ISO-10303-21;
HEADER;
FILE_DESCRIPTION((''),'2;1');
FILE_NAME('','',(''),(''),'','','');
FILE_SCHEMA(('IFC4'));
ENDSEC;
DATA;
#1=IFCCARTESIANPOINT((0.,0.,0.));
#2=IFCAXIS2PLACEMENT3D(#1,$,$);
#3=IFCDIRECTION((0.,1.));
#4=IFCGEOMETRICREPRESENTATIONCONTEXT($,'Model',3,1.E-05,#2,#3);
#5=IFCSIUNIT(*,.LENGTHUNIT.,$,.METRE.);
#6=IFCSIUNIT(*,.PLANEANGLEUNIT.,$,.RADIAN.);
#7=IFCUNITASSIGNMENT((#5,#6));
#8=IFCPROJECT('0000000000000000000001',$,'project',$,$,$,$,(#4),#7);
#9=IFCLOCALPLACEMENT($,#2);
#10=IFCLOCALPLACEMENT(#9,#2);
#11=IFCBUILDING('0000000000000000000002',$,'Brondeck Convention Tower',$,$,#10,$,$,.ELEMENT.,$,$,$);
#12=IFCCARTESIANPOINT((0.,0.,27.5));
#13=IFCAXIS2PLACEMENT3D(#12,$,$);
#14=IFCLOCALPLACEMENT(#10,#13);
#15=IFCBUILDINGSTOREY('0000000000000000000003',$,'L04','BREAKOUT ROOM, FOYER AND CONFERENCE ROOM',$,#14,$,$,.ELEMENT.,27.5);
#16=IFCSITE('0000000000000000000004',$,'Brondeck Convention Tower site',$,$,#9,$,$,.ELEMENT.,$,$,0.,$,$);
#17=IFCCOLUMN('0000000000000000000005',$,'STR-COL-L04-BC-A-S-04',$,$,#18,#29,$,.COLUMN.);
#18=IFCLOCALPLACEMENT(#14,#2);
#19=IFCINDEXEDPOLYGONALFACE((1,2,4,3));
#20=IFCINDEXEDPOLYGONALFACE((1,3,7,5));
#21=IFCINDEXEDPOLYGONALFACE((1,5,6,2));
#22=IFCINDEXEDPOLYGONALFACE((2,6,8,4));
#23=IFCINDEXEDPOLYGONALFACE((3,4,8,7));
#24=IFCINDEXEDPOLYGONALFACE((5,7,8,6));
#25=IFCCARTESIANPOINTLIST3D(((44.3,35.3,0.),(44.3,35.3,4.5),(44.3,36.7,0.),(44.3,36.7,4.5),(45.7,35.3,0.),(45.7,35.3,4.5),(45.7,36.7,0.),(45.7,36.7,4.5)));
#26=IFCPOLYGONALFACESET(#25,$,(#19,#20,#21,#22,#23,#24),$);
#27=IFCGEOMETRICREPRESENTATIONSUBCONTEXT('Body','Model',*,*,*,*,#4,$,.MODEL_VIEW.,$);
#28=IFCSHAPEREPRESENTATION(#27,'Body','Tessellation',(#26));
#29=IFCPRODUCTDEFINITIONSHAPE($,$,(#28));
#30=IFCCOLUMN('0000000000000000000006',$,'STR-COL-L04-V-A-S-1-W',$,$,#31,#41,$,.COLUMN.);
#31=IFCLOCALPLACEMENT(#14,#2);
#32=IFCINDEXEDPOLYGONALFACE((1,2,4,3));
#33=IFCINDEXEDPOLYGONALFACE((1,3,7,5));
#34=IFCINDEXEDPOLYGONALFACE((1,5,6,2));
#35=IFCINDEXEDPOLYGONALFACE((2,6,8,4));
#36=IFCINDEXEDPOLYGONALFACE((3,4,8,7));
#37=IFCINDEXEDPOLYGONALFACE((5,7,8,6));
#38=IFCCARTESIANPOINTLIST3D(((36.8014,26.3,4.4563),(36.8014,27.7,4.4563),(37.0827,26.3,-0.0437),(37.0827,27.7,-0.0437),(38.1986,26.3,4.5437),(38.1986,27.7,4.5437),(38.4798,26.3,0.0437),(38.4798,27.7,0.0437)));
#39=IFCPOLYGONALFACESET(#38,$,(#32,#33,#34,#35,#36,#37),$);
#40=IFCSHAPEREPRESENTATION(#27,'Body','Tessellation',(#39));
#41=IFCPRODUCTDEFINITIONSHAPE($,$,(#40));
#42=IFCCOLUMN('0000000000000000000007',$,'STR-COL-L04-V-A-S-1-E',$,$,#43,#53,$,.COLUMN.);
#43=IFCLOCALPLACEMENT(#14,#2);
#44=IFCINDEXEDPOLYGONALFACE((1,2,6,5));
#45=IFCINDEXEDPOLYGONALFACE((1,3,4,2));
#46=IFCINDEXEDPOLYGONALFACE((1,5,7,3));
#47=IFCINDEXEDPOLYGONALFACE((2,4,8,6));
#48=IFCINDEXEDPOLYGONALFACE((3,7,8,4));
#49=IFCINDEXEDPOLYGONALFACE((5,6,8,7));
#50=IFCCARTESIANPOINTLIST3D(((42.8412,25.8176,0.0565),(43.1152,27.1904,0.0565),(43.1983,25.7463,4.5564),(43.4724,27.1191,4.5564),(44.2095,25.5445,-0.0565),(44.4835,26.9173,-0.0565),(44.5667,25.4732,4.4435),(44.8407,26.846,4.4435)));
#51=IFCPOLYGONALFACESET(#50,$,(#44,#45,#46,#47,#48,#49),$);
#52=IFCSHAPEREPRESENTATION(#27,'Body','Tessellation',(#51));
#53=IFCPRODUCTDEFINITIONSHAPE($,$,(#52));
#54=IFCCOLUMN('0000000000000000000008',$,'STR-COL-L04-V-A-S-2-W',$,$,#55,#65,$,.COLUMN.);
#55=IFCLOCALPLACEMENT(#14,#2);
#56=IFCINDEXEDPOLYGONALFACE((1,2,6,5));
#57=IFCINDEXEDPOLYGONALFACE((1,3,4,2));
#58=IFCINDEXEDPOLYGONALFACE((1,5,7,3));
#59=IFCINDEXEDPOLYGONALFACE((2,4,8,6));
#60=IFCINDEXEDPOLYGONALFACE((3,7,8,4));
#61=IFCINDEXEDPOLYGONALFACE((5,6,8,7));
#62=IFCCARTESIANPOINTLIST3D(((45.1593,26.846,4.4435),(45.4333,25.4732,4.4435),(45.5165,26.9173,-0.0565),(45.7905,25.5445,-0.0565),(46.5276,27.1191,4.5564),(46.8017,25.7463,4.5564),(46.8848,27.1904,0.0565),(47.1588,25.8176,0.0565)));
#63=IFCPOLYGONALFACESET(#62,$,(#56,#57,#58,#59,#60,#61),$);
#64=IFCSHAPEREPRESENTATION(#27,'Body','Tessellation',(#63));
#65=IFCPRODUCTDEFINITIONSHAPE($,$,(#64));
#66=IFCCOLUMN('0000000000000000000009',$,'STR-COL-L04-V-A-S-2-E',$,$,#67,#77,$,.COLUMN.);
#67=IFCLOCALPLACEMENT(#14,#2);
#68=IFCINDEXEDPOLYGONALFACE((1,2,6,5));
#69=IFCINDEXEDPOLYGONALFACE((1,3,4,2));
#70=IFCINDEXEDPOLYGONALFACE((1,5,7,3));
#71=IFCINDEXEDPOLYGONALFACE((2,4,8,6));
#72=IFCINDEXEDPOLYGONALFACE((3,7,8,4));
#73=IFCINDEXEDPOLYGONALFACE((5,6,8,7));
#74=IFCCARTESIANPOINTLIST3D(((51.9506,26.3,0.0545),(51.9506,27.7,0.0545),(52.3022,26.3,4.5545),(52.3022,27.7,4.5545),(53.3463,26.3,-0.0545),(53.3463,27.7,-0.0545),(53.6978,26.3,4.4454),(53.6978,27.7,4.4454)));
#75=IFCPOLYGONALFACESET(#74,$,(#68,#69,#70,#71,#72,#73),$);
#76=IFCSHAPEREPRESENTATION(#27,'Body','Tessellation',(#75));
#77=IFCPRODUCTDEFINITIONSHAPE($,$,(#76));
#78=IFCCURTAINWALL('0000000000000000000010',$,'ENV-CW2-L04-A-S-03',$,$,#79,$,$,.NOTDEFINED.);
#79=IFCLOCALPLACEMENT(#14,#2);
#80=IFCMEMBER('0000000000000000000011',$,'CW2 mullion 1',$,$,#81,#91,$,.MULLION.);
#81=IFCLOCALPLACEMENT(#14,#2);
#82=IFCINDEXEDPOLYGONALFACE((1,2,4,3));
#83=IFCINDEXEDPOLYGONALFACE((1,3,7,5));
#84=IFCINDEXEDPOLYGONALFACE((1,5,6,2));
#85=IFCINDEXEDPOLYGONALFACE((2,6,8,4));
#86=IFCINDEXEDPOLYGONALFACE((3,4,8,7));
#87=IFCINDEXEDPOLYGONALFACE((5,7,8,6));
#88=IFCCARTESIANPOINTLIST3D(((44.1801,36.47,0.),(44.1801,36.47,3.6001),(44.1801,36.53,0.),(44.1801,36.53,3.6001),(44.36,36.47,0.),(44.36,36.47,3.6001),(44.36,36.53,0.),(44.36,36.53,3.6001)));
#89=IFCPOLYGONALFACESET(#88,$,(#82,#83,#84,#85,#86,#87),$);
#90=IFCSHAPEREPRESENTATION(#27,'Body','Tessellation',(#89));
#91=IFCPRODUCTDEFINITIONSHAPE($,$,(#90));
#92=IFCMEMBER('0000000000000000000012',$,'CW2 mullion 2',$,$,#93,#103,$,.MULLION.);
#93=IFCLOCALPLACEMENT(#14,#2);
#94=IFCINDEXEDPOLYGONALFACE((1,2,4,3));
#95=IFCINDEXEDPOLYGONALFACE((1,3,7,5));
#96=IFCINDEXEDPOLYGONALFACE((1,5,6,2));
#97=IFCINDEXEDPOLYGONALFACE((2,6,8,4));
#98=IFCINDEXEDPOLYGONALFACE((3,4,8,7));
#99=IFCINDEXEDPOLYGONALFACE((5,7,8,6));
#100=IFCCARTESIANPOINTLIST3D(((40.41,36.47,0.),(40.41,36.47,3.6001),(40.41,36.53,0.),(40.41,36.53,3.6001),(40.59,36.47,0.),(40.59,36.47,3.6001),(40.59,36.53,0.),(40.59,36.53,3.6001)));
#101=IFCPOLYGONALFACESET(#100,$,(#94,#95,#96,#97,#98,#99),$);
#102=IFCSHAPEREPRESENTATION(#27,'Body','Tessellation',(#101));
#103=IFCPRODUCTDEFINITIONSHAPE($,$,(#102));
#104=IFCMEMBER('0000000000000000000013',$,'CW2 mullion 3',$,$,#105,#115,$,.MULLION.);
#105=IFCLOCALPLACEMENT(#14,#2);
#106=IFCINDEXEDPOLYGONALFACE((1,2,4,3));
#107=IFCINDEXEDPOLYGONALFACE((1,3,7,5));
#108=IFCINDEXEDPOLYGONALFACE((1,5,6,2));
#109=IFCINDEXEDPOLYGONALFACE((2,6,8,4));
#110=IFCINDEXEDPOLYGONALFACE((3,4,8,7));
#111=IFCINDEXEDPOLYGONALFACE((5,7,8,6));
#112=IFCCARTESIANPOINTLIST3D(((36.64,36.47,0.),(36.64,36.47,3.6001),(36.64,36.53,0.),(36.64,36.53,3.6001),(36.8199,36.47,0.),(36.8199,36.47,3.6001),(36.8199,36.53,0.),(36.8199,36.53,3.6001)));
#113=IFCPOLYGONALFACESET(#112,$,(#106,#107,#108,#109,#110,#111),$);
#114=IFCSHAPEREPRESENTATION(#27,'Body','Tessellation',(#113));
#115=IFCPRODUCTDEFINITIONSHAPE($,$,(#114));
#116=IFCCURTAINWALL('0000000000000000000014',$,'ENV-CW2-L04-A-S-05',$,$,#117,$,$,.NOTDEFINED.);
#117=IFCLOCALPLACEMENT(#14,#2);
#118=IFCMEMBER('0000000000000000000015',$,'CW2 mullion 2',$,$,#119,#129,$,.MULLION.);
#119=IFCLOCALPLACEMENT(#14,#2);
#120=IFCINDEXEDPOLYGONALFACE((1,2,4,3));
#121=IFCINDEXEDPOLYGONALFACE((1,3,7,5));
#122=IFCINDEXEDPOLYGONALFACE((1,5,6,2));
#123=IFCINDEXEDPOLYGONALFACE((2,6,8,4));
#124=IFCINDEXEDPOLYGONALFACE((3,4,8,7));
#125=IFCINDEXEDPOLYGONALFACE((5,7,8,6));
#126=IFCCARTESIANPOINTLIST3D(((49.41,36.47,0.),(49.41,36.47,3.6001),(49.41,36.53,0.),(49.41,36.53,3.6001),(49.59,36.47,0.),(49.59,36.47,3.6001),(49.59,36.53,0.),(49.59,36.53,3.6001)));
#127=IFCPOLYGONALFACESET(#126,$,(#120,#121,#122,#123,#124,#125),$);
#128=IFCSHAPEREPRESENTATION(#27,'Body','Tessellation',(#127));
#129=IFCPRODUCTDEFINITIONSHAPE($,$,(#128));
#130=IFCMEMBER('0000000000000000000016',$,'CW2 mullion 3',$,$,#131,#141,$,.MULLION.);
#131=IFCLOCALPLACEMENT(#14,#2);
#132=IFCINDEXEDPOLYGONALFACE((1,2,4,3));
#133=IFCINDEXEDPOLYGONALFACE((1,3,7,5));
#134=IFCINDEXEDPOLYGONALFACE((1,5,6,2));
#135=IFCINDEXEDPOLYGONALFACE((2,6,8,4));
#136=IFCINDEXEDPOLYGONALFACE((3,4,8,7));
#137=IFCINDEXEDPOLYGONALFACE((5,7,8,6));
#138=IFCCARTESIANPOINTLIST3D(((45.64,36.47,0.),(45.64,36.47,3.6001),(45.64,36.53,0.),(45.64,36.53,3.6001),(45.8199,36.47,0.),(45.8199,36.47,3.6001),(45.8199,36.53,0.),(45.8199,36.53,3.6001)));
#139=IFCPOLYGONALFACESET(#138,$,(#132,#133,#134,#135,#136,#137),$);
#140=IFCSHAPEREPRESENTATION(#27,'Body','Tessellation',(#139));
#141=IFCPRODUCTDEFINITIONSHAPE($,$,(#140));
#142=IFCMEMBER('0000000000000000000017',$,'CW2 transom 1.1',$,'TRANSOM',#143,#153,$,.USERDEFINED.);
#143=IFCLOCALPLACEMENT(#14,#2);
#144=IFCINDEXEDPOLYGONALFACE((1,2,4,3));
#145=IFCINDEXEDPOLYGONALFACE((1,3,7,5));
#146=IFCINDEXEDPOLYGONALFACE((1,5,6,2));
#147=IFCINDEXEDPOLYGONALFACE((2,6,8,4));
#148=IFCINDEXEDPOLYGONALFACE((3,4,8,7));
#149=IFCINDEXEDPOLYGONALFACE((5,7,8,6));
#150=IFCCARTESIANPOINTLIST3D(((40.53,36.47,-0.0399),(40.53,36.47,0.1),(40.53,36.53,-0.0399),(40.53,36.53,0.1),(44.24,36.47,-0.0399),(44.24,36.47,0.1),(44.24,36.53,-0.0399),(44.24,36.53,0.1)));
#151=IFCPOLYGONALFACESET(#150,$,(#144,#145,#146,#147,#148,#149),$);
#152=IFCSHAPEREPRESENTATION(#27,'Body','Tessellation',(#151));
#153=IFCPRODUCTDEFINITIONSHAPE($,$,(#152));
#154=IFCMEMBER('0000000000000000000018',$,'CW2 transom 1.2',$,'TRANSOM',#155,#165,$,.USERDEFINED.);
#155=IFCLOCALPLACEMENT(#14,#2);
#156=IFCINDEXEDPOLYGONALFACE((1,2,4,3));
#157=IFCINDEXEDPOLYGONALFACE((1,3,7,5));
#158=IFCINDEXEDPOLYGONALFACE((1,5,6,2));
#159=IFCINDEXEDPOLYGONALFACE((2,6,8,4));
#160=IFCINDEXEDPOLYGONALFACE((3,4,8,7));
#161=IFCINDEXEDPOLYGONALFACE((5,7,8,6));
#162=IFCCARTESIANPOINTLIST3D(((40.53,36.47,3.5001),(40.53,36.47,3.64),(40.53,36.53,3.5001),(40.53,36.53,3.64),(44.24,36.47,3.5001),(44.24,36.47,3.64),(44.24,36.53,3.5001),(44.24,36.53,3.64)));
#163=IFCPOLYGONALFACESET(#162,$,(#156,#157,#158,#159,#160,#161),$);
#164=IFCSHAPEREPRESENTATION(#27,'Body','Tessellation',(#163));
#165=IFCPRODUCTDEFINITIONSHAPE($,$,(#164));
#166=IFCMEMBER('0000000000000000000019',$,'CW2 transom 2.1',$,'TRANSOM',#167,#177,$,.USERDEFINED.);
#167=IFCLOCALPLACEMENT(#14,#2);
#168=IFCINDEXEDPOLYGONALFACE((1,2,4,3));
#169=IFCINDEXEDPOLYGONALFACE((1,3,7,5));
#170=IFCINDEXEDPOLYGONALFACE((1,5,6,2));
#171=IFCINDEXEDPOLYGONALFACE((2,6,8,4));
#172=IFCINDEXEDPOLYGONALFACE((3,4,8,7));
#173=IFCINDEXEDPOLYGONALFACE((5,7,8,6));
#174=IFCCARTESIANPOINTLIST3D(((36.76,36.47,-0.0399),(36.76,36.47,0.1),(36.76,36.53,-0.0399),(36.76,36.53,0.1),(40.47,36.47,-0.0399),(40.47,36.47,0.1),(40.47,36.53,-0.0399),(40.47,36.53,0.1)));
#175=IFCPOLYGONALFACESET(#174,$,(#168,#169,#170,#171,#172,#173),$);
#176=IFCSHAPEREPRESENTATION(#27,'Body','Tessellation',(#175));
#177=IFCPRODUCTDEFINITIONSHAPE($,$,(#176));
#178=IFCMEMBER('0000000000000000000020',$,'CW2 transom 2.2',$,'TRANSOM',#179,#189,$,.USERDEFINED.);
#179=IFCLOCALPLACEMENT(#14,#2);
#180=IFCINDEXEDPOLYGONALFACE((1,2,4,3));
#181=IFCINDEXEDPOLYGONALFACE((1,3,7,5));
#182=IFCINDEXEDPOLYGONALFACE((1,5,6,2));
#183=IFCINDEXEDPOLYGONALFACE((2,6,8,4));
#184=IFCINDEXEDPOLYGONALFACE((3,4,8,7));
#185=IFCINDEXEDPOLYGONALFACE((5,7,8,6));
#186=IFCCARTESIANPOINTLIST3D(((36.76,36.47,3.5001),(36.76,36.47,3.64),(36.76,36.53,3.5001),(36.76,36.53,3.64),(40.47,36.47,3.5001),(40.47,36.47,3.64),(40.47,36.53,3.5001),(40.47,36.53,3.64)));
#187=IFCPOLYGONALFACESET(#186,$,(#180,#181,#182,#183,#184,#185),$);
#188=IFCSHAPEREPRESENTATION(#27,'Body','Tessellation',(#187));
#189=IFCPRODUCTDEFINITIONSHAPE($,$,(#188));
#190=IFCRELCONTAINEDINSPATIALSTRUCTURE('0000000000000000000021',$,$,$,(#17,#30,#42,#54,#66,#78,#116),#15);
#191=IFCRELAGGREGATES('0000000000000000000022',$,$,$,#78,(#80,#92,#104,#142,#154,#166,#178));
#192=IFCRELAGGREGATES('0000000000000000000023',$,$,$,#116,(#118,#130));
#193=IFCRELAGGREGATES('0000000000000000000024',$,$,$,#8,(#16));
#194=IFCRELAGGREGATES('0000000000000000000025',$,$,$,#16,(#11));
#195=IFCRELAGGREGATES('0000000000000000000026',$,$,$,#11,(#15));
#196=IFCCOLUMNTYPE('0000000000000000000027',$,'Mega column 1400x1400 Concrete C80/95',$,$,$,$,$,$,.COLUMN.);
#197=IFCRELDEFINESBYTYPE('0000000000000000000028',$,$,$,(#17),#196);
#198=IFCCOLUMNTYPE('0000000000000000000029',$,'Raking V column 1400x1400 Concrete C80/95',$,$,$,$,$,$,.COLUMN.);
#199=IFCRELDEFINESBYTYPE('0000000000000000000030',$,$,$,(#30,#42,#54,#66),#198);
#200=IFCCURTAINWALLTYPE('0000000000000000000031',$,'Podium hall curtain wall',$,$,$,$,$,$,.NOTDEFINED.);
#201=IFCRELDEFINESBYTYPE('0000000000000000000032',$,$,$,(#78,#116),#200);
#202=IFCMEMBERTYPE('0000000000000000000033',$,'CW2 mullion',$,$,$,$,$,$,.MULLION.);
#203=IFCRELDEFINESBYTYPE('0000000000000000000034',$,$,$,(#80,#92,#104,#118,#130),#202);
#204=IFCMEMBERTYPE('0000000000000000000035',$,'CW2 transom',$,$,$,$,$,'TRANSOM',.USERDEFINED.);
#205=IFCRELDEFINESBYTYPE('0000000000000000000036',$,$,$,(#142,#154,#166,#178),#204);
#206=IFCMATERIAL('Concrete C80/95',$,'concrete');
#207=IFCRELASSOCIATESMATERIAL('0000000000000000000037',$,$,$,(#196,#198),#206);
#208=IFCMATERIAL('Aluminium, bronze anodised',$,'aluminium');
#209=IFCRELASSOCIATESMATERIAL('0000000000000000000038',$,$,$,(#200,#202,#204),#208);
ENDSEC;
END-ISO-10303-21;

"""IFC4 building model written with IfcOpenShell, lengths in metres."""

from ifc_helpers import new_model, si_unit, direction, frame, origin, origin_2d, place, context, subcontext, project, spatial, rectangle, extrude, material, material_profile, profile_set, type_object, element, aggregate, save


model = new_model("IFC4")

# Units and contexts
model_context = context("Model", 3, precision=1e-05, world=origin(), true_north=direction((0.0, 1.0)))
body_context = subcontext(model_context, "Body", "Model", "MODEL_VIEW")
ifc_project = project(units=[si_unit("LENGTHUNIT", "METRE"), si_unit("PLANEANGLEUNIT", "RADIAN")], contexts=[model_context])

# Site, building, storey
site_placement = place(None, origin())
site = spatial("IfcSite", under=ifc_project, at=site_placement, Name="Brondeck Convention Tower site", CompositionType="ELEMENT", RefElevation=0.0)
building_placement = place(site_placement, origin())
building = spatial("IfcBuilding", under=site, at=building_placement, Name="Brondeck Convention Tower", CompositionType="ELEMENT")
storey_placement = place(building_placement, frame((0.0, 0.0, 27.5)))
storey = spatial("IfcBuildingStorey", under=building, at=storey_placement, Name="L04", Description="BREAKOUT ROOM, FOYER AND CONFERENCE ROOM", CompositionType="ELEMENT", Elevation=27.5)

# Columns
ifc_material_1 = material(Name="Concrete C80/95", Category="concrete")
ifc_material_profile_1 = material_profile(ifc_material_1, rectangle(XDim=1.3999, YDim=1.3999, at=origin_2d()), Name="Mega column 1400x1400 Concrete C80/95")
ifc_profile_set_1 = profile_set([ifc_material_profile_1], Name="Concrete C80/95")
column_type_1 = type_object("IfcColumnType", Name="Mega column 1400x1400 Concrete C80/95", PredefinedType="COLUMN", material=ifc_profile_set_1)
column_1_placement = place(storey_placement, frame((45.0, 36.0, 0.0), z_axis=(0.0, 0.0, 1.0), x_axis=(1.0, 0.0, 0.0)))
element("IfcColumn", 1, at=column_1_placement, inside=storey, type_object=column_type_1, Name="STR-COL-L04-BC-A-S-04", PredefinedType="COLUMN", context=body_context, shape_type="SweptSolid", body=[
    extrude(rectangle(XDim=1.3999, YDim=1.3999, at=origin_2d()), origin(), (0.0, 0.0, 1.0), 4.5),
])
ifc_material_profile_2 = material_profile(ifc_material_1, rectangle(XDim=1.3999, YDim=1.3999, at=origin_2d()), Name="Raking V column 1400x1400 Concrete C80/95")
ifc_profile_set_2 = profile_set([ifc_material_profile_2], Name="Concrete C80/95")
column_type_2 = type_object("IfcColumnType", Name="Raking V column 1400x1400 Concrete C80/95", PredefinedType="COLUMN", material=ifc_profile_set_2)
column_2_placement = place(storey_placement, frame((37.7812, 27.0, 0.0), z_axis=(-0.062378, 0.0, 0.998053), x_axis=(0.0, -1.0, 0.0)))
element("IfcColumn", 2, at=column_2_placement, inside=storey, type_object=column_type_2, Name="STR-COL-L04-V-A-S-1-W", PredefinedType="COLUMN", context=body_context, shape_type="SweptSolid", body=[
    extrude(rectangle(XDim=1.3999, YDim=1.3999, at=origin_2d()), origin(), (0.0, 0.0, 1.0), 4.5088),
])
for number, where, z_axis, x_axis, name in (
    (3, (43.6624, 26.3674, 0.0), (0.079114, -0.01579, 0.99674), (0.195729, 0.980658, 0.0), "STR-COL-L04-V-A-S-1-E"),
    (4, (46.3376, 26.3674, 0.0), (-0.079114, -0.01579, 0.99674), (0.195729, -0.980658, 0.0), "STR-COL-L04-V-A-S-2-W"),
):
    element("IfcColumn", number, at=place(storey_placement, frame(where, z_axis=z_axis, x_axis=x_axis)), inside=storey, type_object=column_type_2, Name=name, PredefinedType="COLUMN", context=body_context, shape_type="SweptSolid", body=[
        extrude(rectangle(XDim=1.3999, YDim=1.3999, at=origin_2d()), origin(), (0.0, 0.0, 1.0), 4.5146),
    ])
column_3_placement = place(storey_placement, frame((52.6484, 27.0, 0.0), z_axis=(0.077888, 0.0, 0.996962), x_axis=(0.0, 1.0, 0.0)))
element("IfcColumn", 5, at=column_3_placement, inside=storey, type_object=column_type_2, Name="STR-COL-L04-V-A-S-2-E", PredefinedType="COLUMN", context=body_context, shape_type="SweptSolid", body=[
    extrude(rectangle(XDim=1.3999, YDim=1.3999, at=origin_2d()), origin(), (0.0, 0.0, 1.0), 4.5137),
])

# Curtain walls, members
ifc_material_2 = material(Name="Aluminium, bronze anodised", Category="aluminium")
curtain_wall_type = type_object("IfcCurtainWallType", Name="Podium hall curtain wall", PredefinedType="NOTDEFINED", material=ifc_material_2)
curtain_wall_1_placement = place(storey_placement, origin())
curtain_wall_1 = element("IfcCurtainWall", 6, at=curtain_wall_1_placement, inside=storey, type_object=curtain_wall_type, Name="ENV-CW2-L04-A-S-03", PredefinedType="NOTDEFINED")
ifc_material_profile_3 = material_profile(ifc_material_2, rectangle(XDim=0.0601, YDim=0.1799, at=origin_2d()), Name="CW2 mullion")
ifc_profile_set_3 = profile_set([ifc_material_profile_3], Name="Aluminium, bronze anodised")
member_type_1 = type_object("IfcMemberType", Name="CW2 mullion", PredefinedType="MULLION", material=ifc_profile_set_3)
member_1_placement = place(storey_placement, frame((44.27, 36.5, 0.0), z_axis=(0.0, 0.0, 1.0), x_axis=(0.0, -1.0, 0.0)))
member_1 = element("IfcMember", 7, at=member_1_placement, type_object=member_type_1, Name="CW2 mullion 1", PredefinedType="MULLION", context=body_context, shape_type="SweptSolid", body=[
    extrude(rectangle(XDim=0.0601, YDim=0.1799, at=origin_2d()), origin(), (0.0, 0.0, 1.0), 3.6001),
])
member_2_placement = place(storey_placement, frame((40.5, 36.5, 0.0), z_axis=(0.0, 0.0, 1.0), x_axis=(0.0, -1.0, 0.0)))
member_2 = element("IfcMember", 8, at=member_2_placement, type_object=member_type_1, Name="CW2 mullion 2", PredefinedType="MULLION", context=body_context, shape_type="SweptSolid", body=[
    extrude(rectangle(XDim=0.0601, YDim=0.1799, at=origin_2d()), origin(), (0.0, 0.0, 1.0), 3.6001),
])
member_3_placement = place(storey_placement, frame((36.73, 36.5, 0.0), z_axis=(0.0, 0.0, 1.0), x_axis=(0.0, -1.0, 0.0)))
member_3 = element("IfcMember", 9, at=member_3_placement, type_object=member_type_1, Name="CW2 mullion 3", PredefinedType="MULLION", context=body_context, shape_type="SweptSolid", body=[
    extrude(rectangle(XDim=0.0601, YDim=0.1799, at=origin_2d()), origin(), (0.0, 0.0, 1.0), 3.6001),
])
curtain_wall_2_placement = place(storey_placement, origin())
curtain_wall_2 = element("IfcCurtainWall", 10, at=curtain_wall_2_placement, inside=storey, type_object=curtain_wall_type, Name="ENV-CW2-L04-A-S-05", PredefinedType="NOTDEFINED")
member_4_placement = place(storey_placement, frame((49.5, 36.5, 0.0), z_axis=(0.0, 0.0, 1.0), x_axis=(0.0, -1.0, 0.0)))
member_4 = element("IfcMember", 11, at=member_4_placement, type_object=member_type_1, Name="CW2 mullion 2", PredefinedType="MULLION", context=body_context, shape_type="SweptSolid", body=[
    extrude(rectangle(XDim=0.0601, YDim=0.1799, at=origin_2d()), origin(), (0.0, 0.0, 1.0), 3.6001),
])
member_5_placement = place(storey_placement, frame((45.73, 36.5, 0.0), z_axis=(0.0, 0.0, 1.0), x_axis=(0.0, -1.0, 0.0)))
member_5 = element("IfcMember", 12, at=member_5_placement, type_object=member_type_1, Name="CW2 mullion 3", PredefinedType="MULLION", context=body_context, shape_type="SweptSolid", body=[
    extrude(rectangle(XDim=0.0601, YDim=0.1799, at=origin_2d()), origin(), (0.0, 0.0, 1.0), 3.6001),
])

# Members
ifc_material_profile_4 = material_profile(ifc_material_2, rectangle(XDim=0.0601, YDim=0.1399, at=origin_2d()), Name="CW2 transom")
ifc_profile_set_4 = profile_set([ifc_material_profile_4], Name="Aluminium, bronze anodised")
member_type_2 = type_object("IfcMemberType", Name="CW2 transom", ElementType="TRANSOM", PredefinedType="USERDEFINED", material=ifc_profile_set_4)
member_6_placement = place(storey_placement, frame((44.24, 36.5, 0.03), z_axis=(-1.0, 0.0, 0.0), x_axis=(0.0, -1.0, 0.0)))
member_6 = element("IfcMember", 13, at=member_6_placement, type_object=member_type_2, Name="CW2 transom 1.1", ObjectType="TRANSOM", PredefinedType="USERDEFINED", context=body_context, shape_type="SweptSolid", body=[
    extrude(rectangle(XDim=0.0601, YDim=0.1399, at=origin_2d()), origin(), (0.0, 0.0, 1.0), 3.71),
])
member_7_placement = place(storey_placement, frame((44.24, 36.5, 3.5701), z_axis=(-1.0, 0.0, 0.0), x_axis=(0.0, -1.0, 0.0)))
member_7 = element("IfcMember", 14, at=member_7_placement, type_object=member_type_2, Name="CW2 transom 1.2", ObjectType="TRANSOM", PredefinedType="USERDEFINED", context=body_context, shape_type="SweptSolid", body=[
    extrude(rectangle(XDim=0.0601, YDim=0.1399, at=origin_2d()), origin(), (0.0, 0.0, 1.0), 3.71),
])
member_8_placement = place(storey_placement, frame((40.47, 36.5, 0.03), z_axis=(-1.0, 0.0, 0.0), x_axis=(0.0, -1.0, 0.0)))
member_8 = element("IfcMember", 15, at=member_8_placement, type_object=member_type_2, Name="CW2 transom 2.1", ObjectType="TRANSOM", PredefinedType="USERDEFINED", context=body_context, shape_type="SweptSolid", body=[
    extrude(rectangle(XDim=0.0601, YDim=0.1399, at=origin_2d()), origin(), (0.0, 0.0, 1.0), 3.71),
])
member_9_placement = place(storey_placement, frame((40.47, 36.5, 3.5701), z_axis=(-1.0, 0.0, 0.0), x_axis=(0.0, -1.0, 0.0)))
member_9 = element("IfcMember", 16, at=member_9_placement, type_object=member_type_2, Name="CW2 transom 2.2", ObjectType="TRANSOM", PredefinedType="USERDEFINED", context=body_context, shape_type="SweptSolid", body=[
    extrude(rectangle(XDim=0.0601, YDim=0.1399, at=origin_2d()), origin(), (0.0, 0.0, 1.0), 3.71),
])

aggregate(curtain_wall_1, [member_1, member_2, member_3, member_6, member_7, member_8, member_9])
aggregate(curtain_wall_2, [member_4, member_5])

save(model, "model.ifc")
